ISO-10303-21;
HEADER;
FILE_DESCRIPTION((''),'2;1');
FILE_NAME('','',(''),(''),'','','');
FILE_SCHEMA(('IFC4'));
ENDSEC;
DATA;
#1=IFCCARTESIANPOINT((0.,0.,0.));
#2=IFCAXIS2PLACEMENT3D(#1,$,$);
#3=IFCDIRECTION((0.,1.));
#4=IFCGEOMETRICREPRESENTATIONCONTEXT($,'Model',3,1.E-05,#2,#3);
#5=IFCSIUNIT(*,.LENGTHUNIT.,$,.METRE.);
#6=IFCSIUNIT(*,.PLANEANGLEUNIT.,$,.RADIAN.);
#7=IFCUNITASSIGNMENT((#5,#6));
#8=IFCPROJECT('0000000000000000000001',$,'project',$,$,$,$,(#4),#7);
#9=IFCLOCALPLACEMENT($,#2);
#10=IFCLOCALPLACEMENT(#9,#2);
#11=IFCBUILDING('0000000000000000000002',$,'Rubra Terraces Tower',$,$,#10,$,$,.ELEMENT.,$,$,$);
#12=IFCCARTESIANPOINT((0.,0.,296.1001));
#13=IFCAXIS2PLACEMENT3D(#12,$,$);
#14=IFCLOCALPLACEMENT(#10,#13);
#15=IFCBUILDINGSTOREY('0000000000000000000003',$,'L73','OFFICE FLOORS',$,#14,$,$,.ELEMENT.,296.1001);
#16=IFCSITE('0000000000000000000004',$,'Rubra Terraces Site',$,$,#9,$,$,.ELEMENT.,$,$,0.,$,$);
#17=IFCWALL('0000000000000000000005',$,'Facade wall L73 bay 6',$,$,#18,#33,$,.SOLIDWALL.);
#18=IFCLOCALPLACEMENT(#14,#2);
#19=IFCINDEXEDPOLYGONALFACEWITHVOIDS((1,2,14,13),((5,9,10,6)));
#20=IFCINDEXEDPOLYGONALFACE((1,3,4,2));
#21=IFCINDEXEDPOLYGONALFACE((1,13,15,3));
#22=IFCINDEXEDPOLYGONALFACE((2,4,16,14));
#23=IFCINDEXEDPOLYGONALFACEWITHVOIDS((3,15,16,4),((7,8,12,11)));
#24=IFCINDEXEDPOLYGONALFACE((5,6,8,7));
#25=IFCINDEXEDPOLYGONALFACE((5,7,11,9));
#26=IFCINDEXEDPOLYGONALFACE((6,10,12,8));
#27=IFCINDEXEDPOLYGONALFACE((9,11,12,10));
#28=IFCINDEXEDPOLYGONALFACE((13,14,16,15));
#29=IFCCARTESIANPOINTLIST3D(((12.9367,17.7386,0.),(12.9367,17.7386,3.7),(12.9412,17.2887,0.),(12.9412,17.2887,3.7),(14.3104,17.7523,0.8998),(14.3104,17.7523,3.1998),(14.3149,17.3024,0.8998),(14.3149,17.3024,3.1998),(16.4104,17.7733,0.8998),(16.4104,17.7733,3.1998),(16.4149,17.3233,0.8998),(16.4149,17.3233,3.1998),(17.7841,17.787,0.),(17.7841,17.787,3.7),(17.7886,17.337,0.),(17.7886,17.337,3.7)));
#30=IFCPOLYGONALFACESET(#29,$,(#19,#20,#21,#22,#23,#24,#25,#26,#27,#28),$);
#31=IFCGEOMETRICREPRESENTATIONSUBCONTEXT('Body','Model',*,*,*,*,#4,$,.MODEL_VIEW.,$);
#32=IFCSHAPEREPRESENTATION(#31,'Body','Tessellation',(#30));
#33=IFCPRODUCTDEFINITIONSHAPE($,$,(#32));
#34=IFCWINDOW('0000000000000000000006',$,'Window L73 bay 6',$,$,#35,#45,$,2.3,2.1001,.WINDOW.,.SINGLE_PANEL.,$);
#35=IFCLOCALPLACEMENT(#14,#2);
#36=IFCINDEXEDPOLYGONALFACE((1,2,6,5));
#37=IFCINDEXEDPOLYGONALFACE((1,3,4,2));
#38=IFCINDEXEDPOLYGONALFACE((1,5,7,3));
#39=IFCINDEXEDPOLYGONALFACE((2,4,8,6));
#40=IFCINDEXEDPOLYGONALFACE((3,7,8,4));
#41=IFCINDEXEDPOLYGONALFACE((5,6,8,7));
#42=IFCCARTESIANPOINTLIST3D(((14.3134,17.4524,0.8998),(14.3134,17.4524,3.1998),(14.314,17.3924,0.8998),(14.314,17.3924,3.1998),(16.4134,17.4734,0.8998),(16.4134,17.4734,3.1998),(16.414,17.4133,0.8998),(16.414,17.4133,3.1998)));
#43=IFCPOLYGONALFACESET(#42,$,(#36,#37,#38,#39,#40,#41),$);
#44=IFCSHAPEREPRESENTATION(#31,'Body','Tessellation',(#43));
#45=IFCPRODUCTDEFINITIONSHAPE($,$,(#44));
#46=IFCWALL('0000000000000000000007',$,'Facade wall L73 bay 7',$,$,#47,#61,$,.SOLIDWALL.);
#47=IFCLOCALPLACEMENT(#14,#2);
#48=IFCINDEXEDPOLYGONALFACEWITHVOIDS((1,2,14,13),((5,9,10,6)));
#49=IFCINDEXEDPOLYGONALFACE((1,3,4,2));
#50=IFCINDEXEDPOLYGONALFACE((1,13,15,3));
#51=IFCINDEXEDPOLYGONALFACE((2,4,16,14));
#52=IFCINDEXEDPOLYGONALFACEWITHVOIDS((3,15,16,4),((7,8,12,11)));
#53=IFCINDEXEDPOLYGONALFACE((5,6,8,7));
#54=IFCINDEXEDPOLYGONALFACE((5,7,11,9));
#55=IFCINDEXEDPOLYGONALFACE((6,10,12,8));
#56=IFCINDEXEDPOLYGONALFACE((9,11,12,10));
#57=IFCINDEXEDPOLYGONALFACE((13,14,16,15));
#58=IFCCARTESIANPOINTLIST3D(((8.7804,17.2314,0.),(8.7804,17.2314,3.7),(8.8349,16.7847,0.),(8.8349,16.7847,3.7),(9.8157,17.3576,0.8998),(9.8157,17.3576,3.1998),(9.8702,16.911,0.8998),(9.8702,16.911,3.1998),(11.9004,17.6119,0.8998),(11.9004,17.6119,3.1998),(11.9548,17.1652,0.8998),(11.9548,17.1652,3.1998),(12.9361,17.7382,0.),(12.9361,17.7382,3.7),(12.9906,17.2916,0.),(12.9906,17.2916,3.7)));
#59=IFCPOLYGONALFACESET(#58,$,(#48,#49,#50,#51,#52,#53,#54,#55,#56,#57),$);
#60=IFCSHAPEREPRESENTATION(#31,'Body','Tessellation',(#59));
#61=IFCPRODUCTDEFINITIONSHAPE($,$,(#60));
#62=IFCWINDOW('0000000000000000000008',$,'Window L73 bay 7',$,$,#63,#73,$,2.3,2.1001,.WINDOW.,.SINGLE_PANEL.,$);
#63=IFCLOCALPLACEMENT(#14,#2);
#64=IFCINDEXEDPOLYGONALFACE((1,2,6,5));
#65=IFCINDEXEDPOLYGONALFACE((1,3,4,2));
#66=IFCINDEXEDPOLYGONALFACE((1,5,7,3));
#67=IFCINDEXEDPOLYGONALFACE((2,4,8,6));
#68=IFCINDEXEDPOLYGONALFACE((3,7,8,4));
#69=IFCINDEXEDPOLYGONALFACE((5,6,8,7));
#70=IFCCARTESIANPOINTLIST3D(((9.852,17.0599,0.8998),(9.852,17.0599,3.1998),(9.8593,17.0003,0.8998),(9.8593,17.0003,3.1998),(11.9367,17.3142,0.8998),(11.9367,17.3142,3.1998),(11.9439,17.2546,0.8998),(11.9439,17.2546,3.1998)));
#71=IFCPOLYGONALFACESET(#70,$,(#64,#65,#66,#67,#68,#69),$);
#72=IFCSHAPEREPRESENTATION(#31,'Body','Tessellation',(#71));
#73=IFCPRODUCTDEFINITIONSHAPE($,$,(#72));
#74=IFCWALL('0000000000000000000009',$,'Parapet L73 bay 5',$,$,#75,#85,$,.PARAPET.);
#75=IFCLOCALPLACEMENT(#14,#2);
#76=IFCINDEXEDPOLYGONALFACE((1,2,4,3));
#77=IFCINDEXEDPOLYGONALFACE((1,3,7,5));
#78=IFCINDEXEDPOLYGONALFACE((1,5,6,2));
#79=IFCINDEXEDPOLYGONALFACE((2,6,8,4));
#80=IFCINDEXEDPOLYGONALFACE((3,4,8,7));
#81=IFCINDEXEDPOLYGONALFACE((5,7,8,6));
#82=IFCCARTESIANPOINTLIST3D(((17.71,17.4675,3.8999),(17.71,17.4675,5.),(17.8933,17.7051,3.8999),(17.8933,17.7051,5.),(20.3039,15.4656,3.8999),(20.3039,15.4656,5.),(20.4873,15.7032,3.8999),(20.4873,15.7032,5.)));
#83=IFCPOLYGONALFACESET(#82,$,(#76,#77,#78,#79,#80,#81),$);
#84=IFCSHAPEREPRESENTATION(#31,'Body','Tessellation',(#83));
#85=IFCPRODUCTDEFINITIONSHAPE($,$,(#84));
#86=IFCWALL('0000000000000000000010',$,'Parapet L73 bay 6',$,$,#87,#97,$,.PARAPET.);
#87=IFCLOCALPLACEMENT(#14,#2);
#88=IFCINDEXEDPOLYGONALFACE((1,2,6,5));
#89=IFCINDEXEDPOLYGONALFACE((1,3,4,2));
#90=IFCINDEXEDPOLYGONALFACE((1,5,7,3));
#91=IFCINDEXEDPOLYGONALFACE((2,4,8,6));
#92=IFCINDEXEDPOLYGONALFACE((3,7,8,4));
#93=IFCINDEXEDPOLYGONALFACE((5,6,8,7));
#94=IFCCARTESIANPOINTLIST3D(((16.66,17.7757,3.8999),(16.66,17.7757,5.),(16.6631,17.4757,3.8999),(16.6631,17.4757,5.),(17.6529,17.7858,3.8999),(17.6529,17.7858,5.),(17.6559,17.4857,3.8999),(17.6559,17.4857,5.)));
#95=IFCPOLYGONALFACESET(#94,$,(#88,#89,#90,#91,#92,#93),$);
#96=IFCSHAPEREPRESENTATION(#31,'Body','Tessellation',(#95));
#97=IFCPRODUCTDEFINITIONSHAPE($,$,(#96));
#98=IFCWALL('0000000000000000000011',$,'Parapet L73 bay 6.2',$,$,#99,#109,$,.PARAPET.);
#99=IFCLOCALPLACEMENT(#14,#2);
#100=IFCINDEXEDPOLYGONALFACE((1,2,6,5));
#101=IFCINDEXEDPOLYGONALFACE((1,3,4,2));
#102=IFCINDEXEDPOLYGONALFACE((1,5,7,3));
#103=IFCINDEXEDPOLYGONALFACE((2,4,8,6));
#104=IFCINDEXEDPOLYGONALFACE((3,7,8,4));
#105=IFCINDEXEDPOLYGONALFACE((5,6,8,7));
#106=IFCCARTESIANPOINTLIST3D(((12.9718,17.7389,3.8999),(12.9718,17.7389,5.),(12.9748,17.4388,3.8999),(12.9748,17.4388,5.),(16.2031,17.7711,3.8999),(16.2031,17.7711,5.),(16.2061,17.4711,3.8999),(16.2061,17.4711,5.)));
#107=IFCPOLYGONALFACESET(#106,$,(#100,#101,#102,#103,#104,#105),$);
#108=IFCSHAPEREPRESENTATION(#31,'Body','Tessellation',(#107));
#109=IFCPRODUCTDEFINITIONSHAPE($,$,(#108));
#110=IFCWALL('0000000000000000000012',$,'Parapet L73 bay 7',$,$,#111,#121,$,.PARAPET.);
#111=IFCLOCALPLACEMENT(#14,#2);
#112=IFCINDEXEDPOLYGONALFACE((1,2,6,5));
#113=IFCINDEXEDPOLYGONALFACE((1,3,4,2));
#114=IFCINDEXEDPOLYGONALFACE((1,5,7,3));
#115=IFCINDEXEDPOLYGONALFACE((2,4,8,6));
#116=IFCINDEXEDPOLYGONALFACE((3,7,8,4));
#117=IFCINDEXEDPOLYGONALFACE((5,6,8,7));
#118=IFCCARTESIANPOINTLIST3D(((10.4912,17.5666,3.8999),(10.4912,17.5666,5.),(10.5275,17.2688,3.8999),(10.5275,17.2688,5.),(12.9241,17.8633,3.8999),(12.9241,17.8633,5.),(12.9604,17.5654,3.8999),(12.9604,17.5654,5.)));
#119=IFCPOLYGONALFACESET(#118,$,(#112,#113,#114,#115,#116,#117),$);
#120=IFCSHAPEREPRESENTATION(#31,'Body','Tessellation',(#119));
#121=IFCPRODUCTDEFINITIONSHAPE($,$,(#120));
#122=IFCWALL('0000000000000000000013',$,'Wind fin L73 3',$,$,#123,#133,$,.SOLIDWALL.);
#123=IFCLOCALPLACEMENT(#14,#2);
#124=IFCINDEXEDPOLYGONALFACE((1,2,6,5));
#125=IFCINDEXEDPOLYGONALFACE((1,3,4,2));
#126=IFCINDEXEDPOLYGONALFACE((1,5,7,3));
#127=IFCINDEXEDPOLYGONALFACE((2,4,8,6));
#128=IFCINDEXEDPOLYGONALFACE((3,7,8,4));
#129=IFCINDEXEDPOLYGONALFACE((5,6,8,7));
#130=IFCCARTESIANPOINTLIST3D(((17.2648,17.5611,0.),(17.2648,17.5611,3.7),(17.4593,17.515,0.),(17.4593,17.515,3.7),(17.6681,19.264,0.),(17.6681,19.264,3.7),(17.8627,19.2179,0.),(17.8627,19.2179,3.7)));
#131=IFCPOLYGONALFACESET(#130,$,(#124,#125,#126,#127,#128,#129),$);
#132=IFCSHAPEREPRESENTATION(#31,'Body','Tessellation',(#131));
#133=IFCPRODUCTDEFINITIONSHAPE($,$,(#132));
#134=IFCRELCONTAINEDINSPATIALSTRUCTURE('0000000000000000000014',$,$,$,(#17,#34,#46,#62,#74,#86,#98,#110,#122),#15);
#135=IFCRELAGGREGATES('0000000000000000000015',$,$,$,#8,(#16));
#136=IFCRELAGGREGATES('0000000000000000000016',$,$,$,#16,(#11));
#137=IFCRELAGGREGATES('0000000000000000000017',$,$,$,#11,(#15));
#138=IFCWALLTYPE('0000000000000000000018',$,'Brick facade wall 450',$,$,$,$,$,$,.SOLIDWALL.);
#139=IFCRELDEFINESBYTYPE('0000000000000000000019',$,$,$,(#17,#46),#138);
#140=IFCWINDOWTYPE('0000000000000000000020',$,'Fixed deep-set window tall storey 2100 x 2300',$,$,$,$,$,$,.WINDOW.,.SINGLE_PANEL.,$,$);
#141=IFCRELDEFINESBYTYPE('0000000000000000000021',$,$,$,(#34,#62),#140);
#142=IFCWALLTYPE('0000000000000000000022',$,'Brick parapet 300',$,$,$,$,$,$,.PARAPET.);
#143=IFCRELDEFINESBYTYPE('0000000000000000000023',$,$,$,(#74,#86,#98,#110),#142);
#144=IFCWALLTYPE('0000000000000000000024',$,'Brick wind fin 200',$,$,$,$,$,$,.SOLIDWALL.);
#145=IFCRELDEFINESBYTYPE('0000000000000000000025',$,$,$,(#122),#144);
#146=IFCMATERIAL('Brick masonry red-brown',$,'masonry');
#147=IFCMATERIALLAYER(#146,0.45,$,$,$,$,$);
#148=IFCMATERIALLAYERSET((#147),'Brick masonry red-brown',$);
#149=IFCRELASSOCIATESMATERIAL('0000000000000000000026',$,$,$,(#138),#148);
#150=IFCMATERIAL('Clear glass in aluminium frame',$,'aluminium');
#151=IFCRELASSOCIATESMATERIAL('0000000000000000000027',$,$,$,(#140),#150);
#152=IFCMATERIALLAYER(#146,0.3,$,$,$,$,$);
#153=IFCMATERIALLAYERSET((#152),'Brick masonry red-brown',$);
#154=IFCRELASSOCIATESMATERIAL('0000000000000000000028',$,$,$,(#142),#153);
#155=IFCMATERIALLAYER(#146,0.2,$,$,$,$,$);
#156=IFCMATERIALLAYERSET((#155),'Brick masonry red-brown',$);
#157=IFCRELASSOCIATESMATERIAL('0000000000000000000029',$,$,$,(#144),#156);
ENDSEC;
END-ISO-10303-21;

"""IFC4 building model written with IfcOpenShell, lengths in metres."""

from ifc_helpers import new_model, si_unit, direction, frame, frame_2d, origin, place, context, subcontext, project, spatial, rectangle, extrude, material, layer, layer_set, type_object, element, fill, save


model = new_model("IFC4")

# Units and contexts
model_context = context("Model", 3, precision=1e-05, world=origin(), true_north=direction((0.0, 1.0)))
body_context = subcontext(model_context, "Body", "Model", "MODEL_VIEW")
ifc_project = project(units=[si_unit("LENGTHUNIT", "METRE"), si_unit("PLANEANGLEUNIT", "RADIAN")], contexts=[model_context])

# Site, building, storey
site_placement = place(None, origin())
site = spatial("IfcSite", under=ifc_project, at=site_placement, Name="Rubra Terraces Site", CompositionType="ELEMENT", RefElevation=0.0)
building_placement = place(site_placement, origin())
building = spatial("IfcBuilding", under=site, at=building_placement, Name="Rubra Terraces Tower", CompositionType="ELEMENT")
storey_placement = place(building_placement, frame((0.0, 0.0, 296.1001)))
storey = spatial("IfcBuildingStorey", under=building, at=storey_placement, Name="L73", Description="OFFICE FLOORS", CompositionType="ELEMENT", Elevation=296.1001)

# Walls, openings, windows
ifc_material_1 = material(Name="Brick masonry red-brown", Category="masonry")
ifc_layer_1 = layer(ifc_material_1, 0.45)
ifc_layer_set_1 = layer_set([ifc_layer_1], Name="Brick masonry red-brown")
wall_type_1 = type_object("IfcWallType", Name="Brick facade wall 450", PredefinedType="SOLIDWALL", material=ifc_layer_set_1)
ifc_material_2 = material(Name="Clear glass in aluminium frame", Category="aluminium")
window_type = type_object("IfcWindowType", Name="Fixed deep-set window tall storey 2100 x 2300", PartitioningType="SINGLE_PANEL", PredefinedType="WINDOW", material=ifc_material_2)
wall_1_placement = place(storey_placement, frame((17.7864, 17.562, 0.0), z_axis=(0.0, 0.0, 1.0), x_axis=(-0.99995, -0.009972, 0.0)))
wall_1 = element("IfcWall", 1, at=wall_1_placement, inside=storey, type_object=wall_type_1, Name="Facade wall L73 bay 6", PredefinedType="SOLIDWALL", context=body_context, shape_type="SweptSolid", body=[
    extrude(rectangle(XDim=4.8477, YDim=0.45, at=frame_2d((2.4238, 0.0))), origin(), (0.0, 0.0, 1.0), 3.7),
])
opening_1_placement = place(wall_1_placement, frame((1.3738, 0.0, 0.8999)))
opening_1 = element("IfcOpeningElement", 2, at=opening_1_placement, cuts=wall_1, PredefinedType="OPENING", context=body_context, shape_type="SweptSolid", body=[
    extrude(rectangle(XDim=2.1001, YDim=2.3, at=frame_2d((1.05, 1.1499))), frame((0.0, 0.2349, 0.0), z_axis=(0.0, -1.0, 0.0), x_axis=(1.0, 0.0, 0.0)), (0.0, 0.0, 1.0), 0.47),
])
window_1_placement = place(opening_1_placement, origin())
window_1 = element("IfcWindow", 3, at=window_1_placement, inside=storey, type_object=window_type, Name="Window L73 bay 6", OverallHeight=2.3, OverallWidth=2.1001, PartitioningType="SINGLE_PANEL", PredefinedType="WINDOW", context=body_context, shape_type="SweptSolid", body=[
    extrude(rectangle(XDim=2.1001, YDim=2.3, at=frame_2d((1.05, 1.1499))), frame((0.0, 0.135, 0.0), z_axis=(0.0, -1.0, 0.0), x_axis=(1.0, 0.0, 0.0)), (0.0, 0.0, 1.0), 0.0601),
])
fill(opening_1, window_1)
wall_2_placement = place(storey_placement, frame((12.9634, 17.5149, 0.0), z_axis=(0.0, 0.0, 1.0), x_axis=(-0.992645, -0.121063, 0.0)))
wall_2 = element("IfcWall", 4, at=wall_2_placement, inside=storey, type_object=wall_type_1, Name="Facade wall L73 bay 7", PredefinedType="SOLIDWALL", context=body_context, shape_type="SweptSolid", body=[
    extrude(rectangle(XDim=4.1865, YDim=0.45, at=frame_2d((2.0933, 0.0))), origin(), (0.0, 0.0, 1.0), 3.7),
])
opening_2_placement = place(wall_2_placement, frame((1.0435, 0.0, 0.8999)))
opening_2 = element("IfcOpeningElement", 5, at=opening_2_placement, cuts=wall_2, PredefinedType="OPENING", context=body_context, shape_type="SweptSolid", body=[
    extrude(rectangle(XDim=2.1001, YDim=2.3, at=frame_2d((1.05, 1.1499))), frame((0.0, 0.2349, 0.0), z_axis=(0.0, -1.0, 0.0), x_axis=(1.0, 0.0, 0.0)), (0.0, 0.0, 1.0), 0.47),
])
window_2_placement = place(opening_2_placement, origin())
window_2 = element("IfcWindow", 6, at=window_2_placement, inside=storey, type_object=window_type, Name="Window L73 bay 7", OverallHeight=2.3, OverallWidth=2.1001, PartitioningType="SINGLE_PANEL", PredefinedType="WINDOW", context=body_context, shape_type="SweptSolid", body=[
    extrude(rectangle(XDim=2.1001, YDim=2.3, at=frame_2d((1.05, 1.1499))), frame((0.0, 0.135, 0.0), z_axis=(0.0, -1.0, 0.0), x_axis=(1.0, 0.0, 0.0)), (0.0, 0.0, 1.0), 0.0601),
])
fill(opening_2, window_2)

# Walls
ifc_layer_2 = layer(ifc_material_1, 0.3)
ifc_layer_set_2 = layer_set([ifc_layer_2], Name="Brick masonry red-brown")
wall_type_2 = type_object("IfcWallType", Name="Brick parapet 300", PredefinedType="PARAPET", material=ifc_layer_set_2)
wall_3_placement = place(storey_placement, frame((20.3955, 15.5845, 3.8999), z_axis=(0.0, 0.0, 1.0), x_axis=(-0.791654, 0.61097, 0.0)))
element("IfcWall", 7, at=wall_3_placement, inside=storey, type_object=wall_type_2, Name="Parapet L73 bay 5", PredefinedType="PARAPET", context=body_context, shape_type="SweptSolid", body=[
    extrude(rectangle(XDim=3.2766, YDim=0.3, at=frame_2d((1.6382, 0.0))), origin(), (0.0, 0.0, 1.0), 1.1001),
])
wall_4_placement = place(storey_placement, frame((17.6545, 17.6357, 3.8999), z_axis=(0.0, 0.0, 1.0), x_axis=(-0.999949, -0.010081, 0.0)))
element("IfcWall", 8, at=wall_4_placement, inside=storey, type_object=wall_type_2, Name="Parapet L73 bay 6", PredefinedType="PARAPET", context=body_context, shape_type="SweptSolid", body=[
    extrude(rectangle(XDim=0.9929, YDim=0.3, at=frame_2d((0.4966, 0.0))), origin(), (0.0, 0.0, 1.0), 1.1001),
])
wall_5_placement = place(storey_placement, frame((16.2046, 17.6211, 3.8999), z_axis=(0.0, 0.0, 1.0), x_axis=(-0.99995, -0.009973, 0.0)))
element("IfcWall", 9, at=wall_5_placement, inside=storey, type_object=wall_type_2, Name="Parapet L73 bay 6.2", PredefinedType="PARAPET", context=body_context, shape_type="SweptSolid", body=[
    extrude(rectangle(XDim=3.2314, YDim=0.3, at=frame_2d((1.6157, 0.0))), origin(), (0.0, 0.0, 1.0), 1.1001),
])
wall_6_placement = place(storey_placement, frame((12.9424, 17.7144, 3.8999), z_axis=(0.0, 0.0, 1.0), x_axis=(-0.992649, -0.12103, 0.0)))
element("IfcWall", 10, at=wall_6_placement, inside=storey, type_object=wall_type_2, Name="Parapet L73 bay 7", PredefinedType="PARAPET", context=body_context, shape_type="SweptSolid", body=[
    extrude(rectangle(XDim=2.4509, YDim=0.3, at=frame_2d((1.2256, 0.0))), origin(), (0.0, 0.0, 1.0), 1.1001),
])
ifc_layer_3 = layer(ifc_material_1, 0.2)
ifc_layer_set_3 = layer_set([ifc_layer_3], Name="Brick masonry red-brown")
wall_type_3 = type_object("IfcWallType", Name="Brick wind fin 200", PredefinedType="SOLIDWALL", material=ifc_layer_set_3)
wall_7_placement = place(storey_placement, frame((17.3621, 17.5381, 0.0), z_axis=(0.0, 0.0, 1.0), x_axis=(0.23047, 0.973079, 0.0)))
element("IfcWall", 11, at=wall_7_placement, inside=storey, type_object=wall_type_3, Name="Wind fin L73 3", PredefinedType="SOLIDWALL", context=body_context, shape_type="SweptSolid", body=[
    extrude(rectangle(XDim=1.75, YDim=0.2, at=frame_2d((0.875, 0.0))), origin(), (0.0, 0.0, 1.0), 3.7),
])

save(model, "model.ifc")
